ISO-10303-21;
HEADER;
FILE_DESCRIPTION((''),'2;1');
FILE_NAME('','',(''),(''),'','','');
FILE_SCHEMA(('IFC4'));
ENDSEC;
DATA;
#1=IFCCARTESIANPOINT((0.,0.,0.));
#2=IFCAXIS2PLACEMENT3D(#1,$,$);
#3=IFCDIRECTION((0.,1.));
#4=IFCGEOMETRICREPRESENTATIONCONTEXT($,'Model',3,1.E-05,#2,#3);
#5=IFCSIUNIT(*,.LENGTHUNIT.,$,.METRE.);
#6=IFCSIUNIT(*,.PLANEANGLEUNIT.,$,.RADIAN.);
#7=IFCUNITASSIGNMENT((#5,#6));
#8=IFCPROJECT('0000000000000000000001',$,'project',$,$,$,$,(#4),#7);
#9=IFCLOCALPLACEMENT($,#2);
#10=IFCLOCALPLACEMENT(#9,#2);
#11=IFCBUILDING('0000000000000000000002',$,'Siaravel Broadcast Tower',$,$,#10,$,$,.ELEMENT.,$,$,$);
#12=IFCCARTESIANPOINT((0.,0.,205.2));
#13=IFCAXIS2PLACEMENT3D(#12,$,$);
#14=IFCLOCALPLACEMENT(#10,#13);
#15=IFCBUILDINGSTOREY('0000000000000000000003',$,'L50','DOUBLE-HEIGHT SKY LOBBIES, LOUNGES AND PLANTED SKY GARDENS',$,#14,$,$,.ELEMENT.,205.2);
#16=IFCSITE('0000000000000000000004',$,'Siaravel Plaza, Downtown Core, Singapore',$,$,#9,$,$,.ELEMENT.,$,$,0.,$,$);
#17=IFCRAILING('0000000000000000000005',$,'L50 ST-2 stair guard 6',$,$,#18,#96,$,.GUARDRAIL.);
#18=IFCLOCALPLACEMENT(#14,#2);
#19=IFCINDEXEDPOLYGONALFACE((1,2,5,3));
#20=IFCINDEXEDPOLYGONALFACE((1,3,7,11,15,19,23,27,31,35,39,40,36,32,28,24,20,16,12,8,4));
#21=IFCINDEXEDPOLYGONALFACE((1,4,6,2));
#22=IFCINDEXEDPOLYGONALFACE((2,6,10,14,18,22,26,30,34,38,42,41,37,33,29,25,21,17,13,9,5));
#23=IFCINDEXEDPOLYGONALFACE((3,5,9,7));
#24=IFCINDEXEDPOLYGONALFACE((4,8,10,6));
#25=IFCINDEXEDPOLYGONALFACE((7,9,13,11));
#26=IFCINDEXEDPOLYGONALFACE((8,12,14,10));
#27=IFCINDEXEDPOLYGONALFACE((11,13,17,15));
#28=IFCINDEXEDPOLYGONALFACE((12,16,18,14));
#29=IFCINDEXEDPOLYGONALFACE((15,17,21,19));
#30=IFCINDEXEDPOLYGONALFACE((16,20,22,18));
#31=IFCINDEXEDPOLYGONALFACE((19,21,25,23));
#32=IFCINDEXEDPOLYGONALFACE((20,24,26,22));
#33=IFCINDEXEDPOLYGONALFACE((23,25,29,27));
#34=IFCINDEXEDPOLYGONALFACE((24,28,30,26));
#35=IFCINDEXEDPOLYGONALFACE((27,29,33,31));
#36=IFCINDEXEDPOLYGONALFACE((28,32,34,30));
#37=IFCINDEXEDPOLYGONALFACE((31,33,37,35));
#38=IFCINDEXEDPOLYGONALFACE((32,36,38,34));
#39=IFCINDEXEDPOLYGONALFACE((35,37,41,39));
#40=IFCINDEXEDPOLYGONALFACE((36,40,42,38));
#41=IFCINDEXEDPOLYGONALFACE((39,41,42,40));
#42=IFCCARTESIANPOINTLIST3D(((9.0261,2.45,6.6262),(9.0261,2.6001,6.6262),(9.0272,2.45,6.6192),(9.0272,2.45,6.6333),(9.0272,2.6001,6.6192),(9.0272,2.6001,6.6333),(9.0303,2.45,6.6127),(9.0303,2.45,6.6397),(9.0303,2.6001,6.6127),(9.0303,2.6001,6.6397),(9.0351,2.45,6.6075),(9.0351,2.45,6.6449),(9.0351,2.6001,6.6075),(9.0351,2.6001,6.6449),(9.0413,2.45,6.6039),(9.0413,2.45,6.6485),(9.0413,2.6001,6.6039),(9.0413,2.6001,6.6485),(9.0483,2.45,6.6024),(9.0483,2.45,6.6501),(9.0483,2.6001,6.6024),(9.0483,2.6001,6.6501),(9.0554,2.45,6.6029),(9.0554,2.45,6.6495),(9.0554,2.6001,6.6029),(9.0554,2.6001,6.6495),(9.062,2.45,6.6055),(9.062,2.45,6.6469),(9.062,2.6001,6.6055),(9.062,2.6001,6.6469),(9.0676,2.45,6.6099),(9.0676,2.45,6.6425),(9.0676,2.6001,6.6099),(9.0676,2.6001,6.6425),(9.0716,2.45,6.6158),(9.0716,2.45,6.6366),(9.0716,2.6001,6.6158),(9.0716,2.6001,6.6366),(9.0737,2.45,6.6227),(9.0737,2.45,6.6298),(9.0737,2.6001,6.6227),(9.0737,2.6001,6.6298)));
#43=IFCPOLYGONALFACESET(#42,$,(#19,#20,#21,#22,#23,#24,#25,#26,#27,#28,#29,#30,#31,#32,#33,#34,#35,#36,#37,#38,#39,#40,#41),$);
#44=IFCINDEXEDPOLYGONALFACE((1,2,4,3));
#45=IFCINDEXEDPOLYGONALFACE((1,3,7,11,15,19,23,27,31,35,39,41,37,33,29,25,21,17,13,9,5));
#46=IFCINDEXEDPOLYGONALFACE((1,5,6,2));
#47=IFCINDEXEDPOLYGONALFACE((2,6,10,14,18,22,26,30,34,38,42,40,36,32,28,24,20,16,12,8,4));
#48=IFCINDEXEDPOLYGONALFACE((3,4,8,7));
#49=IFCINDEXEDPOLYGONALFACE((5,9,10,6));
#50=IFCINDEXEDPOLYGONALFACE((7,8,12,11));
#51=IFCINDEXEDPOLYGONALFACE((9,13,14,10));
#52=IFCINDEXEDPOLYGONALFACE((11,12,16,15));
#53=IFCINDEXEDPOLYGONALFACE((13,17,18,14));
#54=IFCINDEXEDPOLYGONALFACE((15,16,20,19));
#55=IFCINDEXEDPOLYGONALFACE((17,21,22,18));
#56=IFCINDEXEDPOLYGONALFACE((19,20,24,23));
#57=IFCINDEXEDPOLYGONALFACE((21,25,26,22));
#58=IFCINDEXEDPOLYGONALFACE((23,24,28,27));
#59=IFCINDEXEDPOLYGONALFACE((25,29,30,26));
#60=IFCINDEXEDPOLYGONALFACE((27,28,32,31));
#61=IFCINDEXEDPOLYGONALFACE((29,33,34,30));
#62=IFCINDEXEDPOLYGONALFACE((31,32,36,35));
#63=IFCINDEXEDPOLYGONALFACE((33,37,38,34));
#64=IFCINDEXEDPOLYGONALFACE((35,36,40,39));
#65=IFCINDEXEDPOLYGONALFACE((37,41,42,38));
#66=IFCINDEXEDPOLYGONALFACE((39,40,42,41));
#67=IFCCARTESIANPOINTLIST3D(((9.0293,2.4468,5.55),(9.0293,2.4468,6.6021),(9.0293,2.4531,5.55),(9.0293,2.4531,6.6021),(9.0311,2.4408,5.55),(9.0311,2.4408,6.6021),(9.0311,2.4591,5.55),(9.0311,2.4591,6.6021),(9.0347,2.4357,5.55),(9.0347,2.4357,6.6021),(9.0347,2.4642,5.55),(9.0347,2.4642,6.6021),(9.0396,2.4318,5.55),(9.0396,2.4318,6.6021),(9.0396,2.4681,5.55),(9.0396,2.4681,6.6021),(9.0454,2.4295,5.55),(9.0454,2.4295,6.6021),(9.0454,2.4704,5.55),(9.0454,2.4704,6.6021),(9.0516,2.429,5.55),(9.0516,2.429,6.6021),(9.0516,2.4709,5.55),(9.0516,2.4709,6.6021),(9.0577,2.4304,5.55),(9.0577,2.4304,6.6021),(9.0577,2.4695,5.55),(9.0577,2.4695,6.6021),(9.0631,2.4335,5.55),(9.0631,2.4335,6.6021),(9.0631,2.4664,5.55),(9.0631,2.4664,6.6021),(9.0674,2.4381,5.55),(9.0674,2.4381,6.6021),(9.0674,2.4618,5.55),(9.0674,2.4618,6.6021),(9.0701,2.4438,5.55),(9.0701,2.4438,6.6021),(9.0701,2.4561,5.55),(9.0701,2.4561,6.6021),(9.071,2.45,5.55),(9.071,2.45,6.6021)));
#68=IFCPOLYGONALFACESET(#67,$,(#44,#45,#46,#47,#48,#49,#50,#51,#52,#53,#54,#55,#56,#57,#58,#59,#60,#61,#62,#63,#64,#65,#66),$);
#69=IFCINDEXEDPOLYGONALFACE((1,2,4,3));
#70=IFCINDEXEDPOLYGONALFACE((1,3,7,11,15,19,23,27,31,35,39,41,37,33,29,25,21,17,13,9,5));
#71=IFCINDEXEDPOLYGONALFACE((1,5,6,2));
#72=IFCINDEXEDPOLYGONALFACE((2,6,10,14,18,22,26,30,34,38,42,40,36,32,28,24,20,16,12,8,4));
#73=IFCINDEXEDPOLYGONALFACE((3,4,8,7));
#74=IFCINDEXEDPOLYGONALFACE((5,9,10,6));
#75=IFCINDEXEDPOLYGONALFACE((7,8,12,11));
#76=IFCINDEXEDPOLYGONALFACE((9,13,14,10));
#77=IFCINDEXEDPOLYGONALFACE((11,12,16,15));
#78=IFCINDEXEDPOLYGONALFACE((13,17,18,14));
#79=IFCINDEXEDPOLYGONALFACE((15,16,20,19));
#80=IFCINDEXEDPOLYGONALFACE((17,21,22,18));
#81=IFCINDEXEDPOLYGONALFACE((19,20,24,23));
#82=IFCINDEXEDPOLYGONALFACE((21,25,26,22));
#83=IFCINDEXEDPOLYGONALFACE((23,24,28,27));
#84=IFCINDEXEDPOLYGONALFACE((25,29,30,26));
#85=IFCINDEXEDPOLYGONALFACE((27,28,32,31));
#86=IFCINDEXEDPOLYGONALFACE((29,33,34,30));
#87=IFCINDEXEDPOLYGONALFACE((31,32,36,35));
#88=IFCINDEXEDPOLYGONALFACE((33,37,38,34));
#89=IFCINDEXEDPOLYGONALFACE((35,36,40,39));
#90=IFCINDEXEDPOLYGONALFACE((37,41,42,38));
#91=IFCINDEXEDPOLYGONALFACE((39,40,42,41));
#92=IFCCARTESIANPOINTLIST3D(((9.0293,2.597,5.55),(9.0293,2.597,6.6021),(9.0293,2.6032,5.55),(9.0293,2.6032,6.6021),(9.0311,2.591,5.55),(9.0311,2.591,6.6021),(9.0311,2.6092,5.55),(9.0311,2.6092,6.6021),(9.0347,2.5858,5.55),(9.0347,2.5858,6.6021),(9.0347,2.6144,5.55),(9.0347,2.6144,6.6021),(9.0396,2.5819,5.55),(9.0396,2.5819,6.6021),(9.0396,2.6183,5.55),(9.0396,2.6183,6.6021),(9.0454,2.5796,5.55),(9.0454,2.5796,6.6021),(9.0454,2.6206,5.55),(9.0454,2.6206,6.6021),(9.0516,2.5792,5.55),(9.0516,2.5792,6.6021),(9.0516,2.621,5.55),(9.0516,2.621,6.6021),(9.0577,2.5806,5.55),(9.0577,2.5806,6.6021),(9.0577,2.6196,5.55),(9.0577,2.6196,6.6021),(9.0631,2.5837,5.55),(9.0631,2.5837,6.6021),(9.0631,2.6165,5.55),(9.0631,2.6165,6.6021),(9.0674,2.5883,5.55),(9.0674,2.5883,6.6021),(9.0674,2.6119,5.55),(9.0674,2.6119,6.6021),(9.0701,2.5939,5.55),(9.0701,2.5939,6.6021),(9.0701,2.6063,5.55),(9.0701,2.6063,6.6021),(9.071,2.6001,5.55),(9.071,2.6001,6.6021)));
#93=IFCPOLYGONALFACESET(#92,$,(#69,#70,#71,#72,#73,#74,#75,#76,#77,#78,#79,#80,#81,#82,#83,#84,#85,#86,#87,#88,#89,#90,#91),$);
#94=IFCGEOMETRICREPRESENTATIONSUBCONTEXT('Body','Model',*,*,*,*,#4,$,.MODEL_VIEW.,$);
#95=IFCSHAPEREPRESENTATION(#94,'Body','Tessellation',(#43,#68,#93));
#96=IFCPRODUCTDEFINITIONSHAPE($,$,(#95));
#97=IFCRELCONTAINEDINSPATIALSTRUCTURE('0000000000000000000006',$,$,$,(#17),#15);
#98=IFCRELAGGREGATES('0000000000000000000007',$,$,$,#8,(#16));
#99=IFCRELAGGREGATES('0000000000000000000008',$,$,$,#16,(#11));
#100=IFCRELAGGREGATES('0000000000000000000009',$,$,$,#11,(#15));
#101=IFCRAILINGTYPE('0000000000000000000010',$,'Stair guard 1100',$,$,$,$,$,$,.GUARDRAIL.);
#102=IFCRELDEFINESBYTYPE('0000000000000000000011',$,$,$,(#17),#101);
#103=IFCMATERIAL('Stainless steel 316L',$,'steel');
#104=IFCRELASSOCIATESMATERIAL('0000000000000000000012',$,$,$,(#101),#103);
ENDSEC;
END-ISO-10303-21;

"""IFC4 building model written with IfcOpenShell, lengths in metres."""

from ifc_helpers import new_model, si_unit, direction, frame, origin, origin_2d, place, context, subcontext, project, spatial, circle, extrude, material, type_object, element, save


model = new_model("IFC4")

# Units and contexts
model_context = context("Model", 3, precision=1e-05, world=origin(), true_north=direction((0.0, 1.0)))
body_context = subcontext(model_context, "Body", "Model", "MODEL_VIEW")
ifc_project = project(units=[si_unit("LENGTHUNIT", "METRE"), si_unit("PLANEANGLEUNIT", "RADIAN")], contexts=[model_context])

# Site, building, storey
site_placement = place(None, origin())
site = spatial("IfcSite", under=ifc_project, at=site_placement, Name="Siaravel Plaza, Downtown Core, Singapore", CompositionType="ELEMENT", RefElevation=0.0)
building_placement = place(site_placement, origin())
building = spatial("IfcBuilding", under=site, at=building_placement, Name="Siaravel Broadcast Tower", CompositionType="ELEMENT")
storey_placement = place(building_placement, frame((0.0, 0.0, 205.2)))
storey = spatial("IfcBuildingStorey", under=building, at=storey_placement, Name="L50", Description="DOUBLE-HEIGHT SKY LOBBIES, LOUNGES AND PLANTED SKY GARDENS", CompositionType="ELEMENT", Elevation=205.2)

# Railing
ifc_material_1 = material(Name="Stainless steel 316L", Category="steel")
railing_type_1 = type_object("IfcRailingType", Name="Stair guard 1100", PredefinedType="GUARDRAIL", material=ifc_material_1)
for number, where, name in (
    (1, (9.05, 2.45, 5.55), "L50 ST-2 stair guard 6"),
):
    element("IfcRailing", number, at=place(storey_placement, frame(where)), inside=storey, type_object=railing_type_1, Name=name, PredefinedType="GUARDRAIL", context=body_context, shape_type="SweptSolid", body=[
        extrude(circle(Radius=0.0239, at=origin_2d()), frame((0.0, 0.0, 1.0762), z_axis=(0.0, 1.0, 0.0), x_axis=(-1.0, 0.0, 0.0)), (0.0, 0.0, 1.0), 0.1501),
        extrude(circle(Radius=0.021, at=origin_2d()), origin(), (0.0, 0.0, 1.0), 1.052),
        extrude(circle(Radius=0.021, at=origin_2d()), frame((0.0, 0.1501, 0.0)), (0.0, 0.0, 1.0), 1.052),
    ])

save(model, "model.ifc")
